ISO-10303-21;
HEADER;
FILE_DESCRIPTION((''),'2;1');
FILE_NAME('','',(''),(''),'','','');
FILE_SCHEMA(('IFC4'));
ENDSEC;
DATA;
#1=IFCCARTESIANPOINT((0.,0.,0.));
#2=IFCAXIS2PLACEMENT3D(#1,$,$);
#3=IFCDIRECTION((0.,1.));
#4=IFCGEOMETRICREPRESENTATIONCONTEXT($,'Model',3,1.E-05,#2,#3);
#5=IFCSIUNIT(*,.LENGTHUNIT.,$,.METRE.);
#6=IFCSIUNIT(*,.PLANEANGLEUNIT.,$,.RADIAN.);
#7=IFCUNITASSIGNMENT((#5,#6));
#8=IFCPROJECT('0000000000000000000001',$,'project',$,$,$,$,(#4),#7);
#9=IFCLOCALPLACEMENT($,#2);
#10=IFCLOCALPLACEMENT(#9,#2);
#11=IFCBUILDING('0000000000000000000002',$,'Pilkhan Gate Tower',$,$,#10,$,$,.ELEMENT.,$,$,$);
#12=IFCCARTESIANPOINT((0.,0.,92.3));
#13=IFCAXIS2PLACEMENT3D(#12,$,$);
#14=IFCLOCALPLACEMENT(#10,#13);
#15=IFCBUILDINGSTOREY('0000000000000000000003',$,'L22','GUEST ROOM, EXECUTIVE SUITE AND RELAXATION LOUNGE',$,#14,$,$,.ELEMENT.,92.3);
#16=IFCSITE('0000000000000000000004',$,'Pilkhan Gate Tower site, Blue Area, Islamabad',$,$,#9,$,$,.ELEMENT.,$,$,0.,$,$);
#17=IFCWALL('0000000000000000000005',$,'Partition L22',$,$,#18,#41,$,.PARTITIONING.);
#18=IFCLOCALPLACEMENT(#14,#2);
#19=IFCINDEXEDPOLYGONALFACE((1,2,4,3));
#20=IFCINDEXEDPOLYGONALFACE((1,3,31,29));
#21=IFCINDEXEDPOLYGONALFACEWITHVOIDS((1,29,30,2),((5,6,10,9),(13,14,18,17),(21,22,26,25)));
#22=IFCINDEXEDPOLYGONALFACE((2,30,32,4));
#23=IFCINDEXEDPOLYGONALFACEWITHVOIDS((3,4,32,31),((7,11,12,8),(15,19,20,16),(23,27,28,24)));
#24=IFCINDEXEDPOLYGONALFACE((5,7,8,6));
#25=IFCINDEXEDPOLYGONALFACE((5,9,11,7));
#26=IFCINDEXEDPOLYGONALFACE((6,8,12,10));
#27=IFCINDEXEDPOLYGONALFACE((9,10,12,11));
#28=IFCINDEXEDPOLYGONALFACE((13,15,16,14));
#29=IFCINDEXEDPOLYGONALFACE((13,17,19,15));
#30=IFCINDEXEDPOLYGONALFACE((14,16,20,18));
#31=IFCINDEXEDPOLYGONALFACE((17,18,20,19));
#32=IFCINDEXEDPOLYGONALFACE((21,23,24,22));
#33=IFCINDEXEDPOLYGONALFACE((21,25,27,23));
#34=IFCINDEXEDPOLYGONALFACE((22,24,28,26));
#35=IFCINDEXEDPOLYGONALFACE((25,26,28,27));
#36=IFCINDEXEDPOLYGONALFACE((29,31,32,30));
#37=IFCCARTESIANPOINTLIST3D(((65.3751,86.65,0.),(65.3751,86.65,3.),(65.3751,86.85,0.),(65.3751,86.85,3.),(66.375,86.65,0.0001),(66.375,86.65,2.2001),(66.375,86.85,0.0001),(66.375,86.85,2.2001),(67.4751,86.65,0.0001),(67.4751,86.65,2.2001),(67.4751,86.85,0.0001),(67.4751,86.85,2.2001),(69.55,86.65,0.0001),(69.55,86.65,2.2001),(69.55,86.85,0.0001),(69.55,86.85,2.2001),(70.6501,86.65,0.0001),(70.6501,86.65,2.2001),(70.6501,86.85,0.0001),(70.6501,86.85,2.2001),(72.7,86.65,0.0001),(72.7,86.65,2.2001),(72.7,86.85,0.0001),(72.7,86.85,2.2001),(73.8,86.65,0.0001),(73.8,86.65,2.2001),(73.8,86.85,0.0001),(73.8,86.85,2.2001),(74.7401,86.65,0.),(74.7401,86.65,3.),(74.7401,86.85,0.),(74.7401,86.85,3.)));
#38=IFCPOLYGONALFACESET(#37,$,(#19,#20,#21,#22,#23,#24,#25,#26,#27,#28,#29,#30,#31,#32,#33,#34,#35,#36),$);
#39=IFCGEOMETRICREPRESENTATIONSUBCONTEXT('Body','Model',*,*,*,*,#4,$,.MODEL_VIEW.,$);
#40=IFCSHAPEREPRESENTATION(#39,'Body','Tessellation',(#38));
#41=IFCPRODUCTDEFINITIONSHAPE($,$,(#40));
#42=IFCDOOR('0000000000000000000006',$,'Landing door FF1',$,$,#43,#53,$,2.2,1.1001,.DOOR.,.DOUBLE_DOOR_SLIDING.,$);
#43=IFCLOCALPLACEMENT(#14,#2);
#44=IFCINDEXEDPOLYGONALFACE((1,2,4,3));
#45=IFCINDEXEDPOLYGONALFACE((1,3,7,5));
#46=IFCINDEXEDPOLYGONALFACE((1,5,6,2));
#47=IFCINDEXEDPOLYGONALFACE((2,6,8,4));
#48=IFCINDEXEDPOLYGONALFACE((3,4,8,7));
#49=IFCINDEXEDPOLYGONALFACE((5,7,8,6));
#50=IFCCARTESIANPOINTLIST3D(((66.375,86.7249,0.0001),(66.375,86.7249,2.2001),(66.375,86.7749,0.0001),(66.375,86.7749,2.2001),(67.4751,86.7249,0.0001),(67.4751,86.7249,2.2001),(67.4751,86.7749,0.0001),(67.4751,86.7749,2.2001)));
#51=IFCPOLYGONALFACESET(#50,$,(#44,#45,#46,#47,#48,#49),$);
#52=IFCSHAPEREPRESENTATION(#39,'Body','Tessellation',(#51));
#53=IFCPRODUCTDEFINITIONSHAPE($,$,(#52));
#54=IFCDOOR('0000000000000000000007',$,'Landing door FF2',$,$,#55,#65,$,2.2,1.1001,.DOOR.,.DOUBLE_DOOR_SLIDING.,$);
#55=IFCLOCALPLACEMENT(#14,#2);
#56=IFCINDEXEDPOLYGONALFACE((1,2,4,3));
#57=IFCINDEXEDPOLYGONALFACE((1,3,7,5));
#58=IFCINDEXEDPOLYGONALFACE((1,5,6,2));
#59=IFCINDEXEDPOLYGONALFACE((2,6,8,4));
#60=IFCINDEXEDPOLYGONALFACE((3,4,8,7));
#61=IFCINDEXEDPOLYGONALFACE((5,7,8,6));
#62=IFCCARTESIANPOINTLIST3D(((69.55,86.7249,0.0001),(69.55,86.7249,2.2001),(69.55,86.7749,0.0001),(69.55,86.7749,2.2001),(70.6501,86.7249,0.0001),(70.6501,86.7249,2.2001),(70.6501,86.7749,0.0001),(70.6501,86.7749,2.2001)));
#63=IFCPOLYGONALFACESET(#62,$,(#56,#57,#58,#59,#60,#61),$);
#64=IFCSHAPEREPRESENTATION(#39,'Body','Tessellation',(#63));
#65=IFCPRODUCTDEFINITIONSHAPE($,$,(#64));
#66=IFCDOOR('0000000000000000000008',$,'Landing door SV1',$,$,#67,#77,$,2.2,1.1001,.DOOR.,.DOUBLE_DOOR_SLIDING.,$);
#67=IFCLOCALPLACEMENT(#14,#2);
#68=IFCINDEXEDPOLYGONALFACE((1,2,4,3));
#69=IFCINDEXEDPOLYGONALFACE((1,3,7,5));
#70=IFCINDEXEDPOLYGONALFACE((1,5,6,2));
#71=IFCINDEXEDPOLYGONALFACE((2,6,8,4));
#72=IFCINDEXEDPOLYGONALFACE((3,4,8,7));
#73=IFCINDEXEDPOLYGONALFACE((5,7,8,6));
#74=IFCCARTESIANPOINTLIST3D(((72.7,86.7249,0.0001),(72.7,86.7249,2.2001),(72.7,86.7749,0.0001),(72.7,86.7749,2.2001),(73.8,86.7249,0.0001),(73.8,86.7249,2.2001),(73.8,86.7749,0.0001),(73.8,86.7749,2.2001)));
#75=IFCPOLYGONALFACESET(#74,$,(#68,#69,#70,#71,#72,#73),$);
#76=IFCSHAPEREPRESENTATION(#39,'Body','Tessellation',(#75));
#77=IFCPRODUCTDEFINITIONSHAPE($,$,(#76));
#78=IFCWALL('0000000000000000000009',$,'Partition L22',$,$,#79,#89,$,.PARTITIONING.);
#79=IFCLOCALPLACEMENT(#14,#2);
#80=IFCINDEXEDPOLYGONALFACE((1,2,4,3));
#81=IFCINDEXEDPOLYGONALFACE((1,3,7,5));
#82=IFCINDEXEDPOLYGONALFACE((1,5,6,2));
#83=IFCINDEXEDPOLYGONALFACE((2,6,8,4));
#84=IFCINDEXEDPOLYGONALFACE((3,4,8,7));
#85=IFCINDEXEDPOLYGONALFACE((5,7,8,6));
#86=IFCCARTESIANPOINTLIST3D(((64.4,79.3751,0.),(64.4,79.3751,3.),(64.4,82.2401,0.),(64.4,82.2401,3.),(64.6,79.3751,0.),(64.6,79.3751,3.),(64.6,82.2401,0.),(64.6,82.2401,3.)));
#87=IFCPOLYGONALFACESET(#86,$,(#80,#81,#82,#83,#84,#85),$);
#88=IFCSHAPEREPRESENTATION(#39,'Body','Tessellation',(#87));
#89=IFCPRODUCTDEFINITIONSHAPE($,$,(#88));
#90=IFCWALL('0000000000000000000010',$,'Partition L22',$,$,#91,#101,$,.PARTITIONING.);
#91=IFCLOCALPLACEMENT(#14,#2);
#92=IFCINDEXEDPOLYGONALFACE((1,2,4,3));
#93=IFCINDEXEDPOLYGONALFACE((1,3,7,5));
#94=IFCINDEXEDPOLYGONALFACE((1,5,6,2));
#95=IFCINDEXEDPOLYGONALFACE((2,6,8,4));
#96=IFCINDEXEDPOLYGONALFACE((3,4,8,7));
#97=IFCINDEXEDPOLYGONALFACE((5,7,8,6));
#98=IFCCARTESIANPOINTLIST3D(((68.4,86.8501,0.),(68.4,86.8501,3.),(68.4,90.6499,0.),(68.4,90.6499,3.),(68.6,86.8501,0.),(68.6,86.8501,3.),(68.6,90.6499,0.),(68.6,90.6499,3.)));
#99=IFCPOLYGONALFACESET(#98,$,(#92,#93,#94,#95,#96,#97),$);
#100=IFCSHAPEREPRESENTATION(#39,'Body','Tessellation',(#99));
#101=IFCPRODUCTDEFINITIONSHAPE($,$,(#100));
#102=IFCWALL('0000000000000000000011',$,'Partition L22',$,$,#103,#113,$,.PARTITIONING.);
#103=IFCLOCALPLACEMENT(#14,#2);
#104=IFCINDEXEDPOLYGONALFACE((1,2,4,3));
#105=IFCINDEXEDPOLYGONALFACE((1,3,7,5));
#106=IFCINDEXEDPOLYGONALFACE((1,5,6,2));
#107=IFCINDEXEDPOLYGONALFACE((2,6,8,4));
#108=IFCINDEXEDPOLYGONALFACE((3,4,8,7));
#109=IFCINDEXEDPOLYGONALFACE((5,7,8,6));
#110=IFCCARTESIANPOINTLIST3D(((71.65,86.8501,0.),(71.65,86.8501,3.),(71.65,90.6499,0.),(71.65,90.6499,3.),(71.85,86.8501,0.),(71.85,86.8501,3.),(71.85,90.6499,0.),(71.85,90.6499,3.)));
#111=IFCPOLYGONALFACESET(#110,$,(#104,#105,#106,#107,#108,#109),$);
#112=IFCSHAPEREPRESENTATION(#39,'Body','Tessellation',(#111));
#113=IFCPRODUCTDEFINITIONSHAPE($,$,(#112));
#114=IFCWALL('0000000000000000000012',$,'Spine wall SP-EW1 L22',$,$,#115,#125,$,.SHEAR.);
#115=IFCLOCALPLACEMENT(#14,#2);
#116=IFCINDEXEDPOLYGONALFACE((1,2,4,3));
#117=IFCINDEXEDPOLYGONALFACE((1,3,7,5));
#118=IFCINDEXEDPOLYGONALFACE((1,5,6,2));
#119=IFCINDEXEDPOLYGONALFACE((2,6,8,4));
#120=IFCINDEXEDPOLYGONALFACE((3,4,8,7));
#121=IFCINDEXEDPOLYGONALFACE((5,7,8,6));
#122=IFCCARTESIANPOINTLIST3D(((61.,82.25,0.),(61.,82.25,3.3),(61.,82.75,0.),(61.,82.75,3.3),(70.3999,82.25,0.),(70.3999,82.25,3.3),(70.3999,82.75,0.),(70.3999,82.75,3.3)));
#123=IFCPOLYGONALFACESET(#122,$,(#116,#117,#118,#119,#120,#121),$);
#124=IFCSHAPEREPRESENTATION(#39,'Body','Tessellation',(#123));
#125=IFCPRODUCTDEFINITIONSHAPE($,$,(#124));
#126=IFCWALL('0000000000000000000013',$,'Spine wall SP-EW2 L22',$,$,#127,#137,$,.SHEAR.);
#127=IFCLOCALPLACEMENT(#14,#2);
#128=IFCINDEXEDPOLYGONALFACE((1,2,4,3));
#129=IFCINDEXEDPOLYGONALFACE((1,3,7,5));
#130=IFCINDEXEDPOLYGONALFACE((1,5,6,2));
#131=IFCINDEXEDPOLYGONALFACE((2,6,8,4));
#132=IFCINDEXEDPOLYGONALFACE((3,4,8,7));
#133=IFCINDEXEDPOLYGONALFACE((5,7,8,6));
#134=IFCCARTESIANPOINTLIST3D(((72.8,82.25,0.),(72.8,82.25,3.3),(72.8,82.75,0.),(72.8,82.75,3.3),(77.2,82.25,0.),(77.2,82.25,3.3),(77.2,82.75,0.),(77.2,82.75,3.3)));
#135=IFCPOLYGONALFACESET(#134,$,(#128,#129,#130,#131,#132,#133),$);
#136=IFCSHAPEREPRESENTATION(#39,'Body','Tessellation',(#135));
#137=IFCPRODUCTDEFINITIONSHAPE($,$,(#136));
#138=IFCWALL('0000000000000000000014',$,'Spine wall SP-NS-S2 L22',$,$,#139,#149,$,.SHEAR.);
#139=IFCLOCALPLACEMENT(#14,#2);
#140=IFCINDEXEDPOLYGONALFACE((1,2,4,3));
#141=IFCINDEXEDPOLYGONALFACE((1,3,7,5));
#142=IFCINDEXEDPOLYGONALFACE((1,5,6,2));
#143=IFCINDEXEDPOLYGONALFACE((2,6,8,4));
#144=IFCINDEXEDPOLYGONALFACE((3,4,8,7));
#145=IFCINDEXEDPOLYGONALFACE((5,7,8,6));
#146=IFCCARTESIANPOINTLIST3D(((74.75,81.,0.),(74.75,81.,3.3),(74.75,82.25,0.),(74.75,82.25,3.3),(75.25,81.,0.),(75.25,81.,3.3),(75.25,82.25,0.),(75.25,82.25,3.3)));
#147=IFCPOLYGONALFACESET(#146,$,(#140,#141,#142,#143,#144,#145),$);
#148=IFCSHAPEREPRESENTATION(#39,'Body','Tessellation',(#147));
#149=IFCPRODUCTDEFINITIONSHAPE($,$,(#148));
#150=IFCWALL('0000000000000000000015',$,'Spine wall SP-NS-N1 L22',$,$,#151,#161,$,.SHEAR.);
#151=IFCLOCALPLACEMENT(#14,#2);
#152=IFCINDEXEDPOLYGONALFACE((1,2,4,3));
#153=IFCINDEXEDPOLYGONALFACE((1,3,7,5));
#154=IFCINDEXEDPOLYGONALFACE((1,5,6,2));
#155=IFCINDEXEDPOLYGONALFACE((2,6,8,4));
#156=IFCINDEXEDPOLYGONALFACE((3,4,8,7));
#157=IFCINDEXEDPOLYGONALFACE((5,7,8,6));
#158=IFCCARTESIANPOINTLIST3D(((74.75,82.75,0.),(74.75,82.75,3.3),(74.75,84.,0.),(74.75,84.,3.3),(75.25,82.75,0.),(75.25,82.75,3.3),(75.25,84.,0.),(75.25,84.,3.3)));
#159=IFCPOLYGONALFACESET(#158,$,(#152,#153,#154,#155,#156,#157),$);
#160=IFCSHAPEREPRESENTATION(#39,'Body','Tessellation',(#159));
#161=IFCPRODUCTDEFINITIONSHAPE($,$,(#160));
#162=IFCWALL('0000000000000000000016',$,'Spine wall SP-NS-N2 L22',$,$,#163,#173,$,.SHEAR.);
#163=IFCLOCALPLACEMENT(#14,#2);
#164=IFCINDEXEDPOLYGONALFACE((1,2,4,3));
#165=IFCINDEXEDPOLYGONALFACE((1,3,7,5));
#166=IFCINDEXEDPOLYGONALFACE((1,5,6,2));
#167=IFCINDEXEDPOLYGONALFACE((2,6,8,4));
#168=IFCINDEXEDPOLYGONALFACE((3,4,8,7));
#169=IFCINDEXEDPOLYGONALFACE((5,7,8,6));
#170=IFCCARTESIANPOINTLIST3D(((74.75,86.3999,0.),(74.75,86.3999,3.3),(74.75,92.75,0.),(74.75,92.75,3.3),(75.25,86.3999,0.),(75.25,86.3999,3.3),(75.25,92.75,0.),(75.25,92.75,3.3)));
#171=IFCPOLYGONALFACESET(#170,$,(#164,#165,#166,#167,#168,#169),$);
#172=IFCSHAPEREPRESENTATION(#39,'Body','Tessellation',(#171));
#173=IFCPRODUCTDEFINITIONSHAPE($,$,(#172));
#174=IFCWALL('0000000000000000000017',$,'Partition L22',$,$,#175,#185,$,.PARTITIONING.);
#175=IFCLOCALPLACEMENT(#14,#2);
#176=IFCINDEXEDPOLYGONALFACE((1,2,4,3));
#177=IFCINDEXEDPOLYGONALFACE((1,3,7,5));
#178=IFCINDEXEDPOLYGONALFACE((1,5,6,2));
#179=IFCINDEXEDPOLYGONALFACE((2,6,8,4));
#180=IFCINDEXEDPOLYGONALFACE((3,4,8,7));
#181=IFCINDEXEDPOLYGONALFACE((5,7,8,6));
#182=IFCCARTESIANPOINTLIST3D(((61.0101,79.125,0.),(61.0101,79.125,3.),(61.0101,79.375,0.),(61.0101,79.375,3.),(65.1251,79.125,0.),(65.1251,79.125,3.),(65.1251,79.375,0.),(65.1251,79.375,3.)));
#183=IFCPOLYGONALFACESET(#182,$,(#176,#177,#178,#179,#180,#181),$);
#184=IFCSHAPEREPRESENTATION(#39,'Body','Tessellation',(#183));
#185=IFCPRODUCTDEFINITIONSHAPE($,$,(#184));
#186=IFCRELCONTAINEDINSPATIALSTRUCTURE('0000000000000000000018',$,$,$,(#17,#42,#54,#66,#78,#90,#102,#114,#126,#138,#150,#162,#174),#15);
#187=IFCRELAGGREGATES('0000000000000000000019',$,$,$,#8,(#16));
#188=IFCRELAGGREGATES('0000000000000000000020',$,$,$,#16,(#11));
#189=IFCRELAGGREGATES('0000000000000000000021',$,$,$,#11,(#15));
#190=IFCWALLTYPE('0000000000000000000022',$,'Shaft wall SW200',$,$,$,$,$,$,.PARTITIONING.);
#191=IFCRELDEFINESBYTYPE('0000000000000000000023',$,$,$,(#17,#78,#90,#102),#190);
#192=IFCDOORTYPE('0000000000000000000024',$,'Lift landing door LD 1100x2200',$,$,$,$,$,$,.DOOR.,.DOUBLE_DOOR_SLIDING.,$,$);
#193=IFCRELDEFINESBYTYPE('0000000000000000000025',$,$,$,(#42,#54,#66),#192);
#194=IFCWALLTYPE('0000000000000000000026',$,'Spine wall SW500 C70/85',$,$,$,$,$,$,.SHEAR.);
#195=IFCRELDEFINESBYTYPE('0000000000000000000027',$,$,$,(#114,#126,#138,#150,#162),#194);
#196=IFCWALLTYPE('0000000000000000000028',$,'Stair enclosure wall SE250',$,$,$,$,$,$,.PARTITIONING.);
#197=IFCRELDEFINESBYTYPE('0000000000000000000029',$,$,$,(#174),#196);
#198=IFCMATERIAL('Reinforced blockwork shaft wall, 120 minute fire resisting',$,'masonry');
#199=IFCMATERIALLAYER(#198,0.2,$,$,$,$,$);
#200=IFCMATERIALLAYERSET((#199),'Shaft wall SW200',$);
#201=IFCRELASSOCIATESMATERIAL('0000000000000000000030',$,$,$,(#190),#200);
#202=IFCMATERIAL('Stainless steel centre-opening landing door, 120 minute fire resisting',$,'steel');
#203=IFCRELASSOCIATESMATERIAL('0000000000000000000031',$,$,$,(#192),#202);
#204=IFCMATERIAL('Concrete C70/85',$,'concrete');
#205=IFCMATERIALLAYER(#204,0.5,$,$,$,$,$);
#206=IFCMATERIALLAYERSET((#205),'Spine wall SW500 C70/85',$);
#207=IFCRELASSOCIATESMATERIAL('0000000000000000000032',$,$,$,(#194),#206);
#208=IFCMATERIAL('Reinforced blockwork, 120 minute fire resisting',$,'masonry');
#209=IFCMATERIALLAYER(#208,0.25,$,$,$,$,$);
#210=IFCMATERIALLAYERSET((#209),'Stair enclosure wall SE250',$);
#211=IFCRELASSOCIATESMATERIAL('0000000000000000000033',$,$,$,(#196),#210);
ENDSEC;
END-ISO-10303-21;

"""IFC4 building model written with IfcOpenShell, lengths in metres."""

from ifc_helpers import new_model, si_unit, direction, frame, frame_2d, origin, place, context, subcontext, project, spatial, rectangle, extrude, material, layer, layer_set, type_object, element, fill, save


model = new_model("IFC4")

# Units and contexts
model_context = context("Model", 3, precision=1e-05, world=origin(), true_north=direction((0.0, 1.0)))
body_context = subcontext(model_context, "Body", "Model", "MODEL_VIEW")
ifc_project = project(units=[si_unit("LENGTHUNIT", "METRE"), si_unit("PLANEANGLEUNIT", "RADIAN")], contexts=[model_context])

# Site, building, storey
site_placement = place(None, origin())
site = spatial("IfcSite", under=ifc_project, at=site_placement, Name="Pilkhan Gate Tower site, Blue Area, Islamabad", CompositionType="ELEMENT", RefElevation=0.0)
building_placement = place(site_placement, origin())
building = spatial("IfcBuilding", under=site, at=building_placement, Name="Pilkhan Gate Tower", CompositionType="ELEMENT")
storey_placement = place(building_placement, frame((0.0, 0.0, 92.3)))
storey = spatial("IfcBuildingStorey", under=building, at=storey_placement, Name="L22", Description="GUEST ROOM, EXECUTIVE SUITE AND RELAXATION LOUNGE", CompositionType="ELEMENT", Elevation=92.3)

# Shared definitions
ifc_material_1 = material(Name="Concrete C70/85", Category="concrete")

# Wall, openings, doors
ifc_material_2 = material(Name="Reinforced blockwork shaft wall, 120 minute fire resisting", Category="masonry")
ifc_layer_1 = layer(ifc_material_2, 0.2)
ifc_layer_set_1 = layer_set([ifc_layer_1], Name="Shaft wall SW200")
wall_type_1 = type_object("IfcWallType", Name="Shaft wall SW200", PredefinedType="PARTITIONING", material=ifc_layer_set_1)
ifc_material_3 = material(Name="Stainless steel centre-opening landing door, 120 minute fire resisting", Category="steel")
door_type_1 = type_object("IfcDoorType", Name="Lift landing door LD 1100x2200", OperationType="DOUBLE_DOOR_SLIDING", PredefinedType="DOOR", material=ifc_material_3)
wall_1_placement = place(storey_placement, frame((65.375, 86.75, 0.0), z_axis=(0.0, 0.0, 1.0), x_axis=(1.0, 0.0, 0.0)))
wall_1 = element("IfcWall", 1, at=wall_1_placement, inside=storey, type_object=wall_type_1, Name="Partition L22", PredefinedType="PARTITIONING", context=body_context, shape_type="SweptSolid", body=[
    extrude(rectangle(XDim=9.365, YDim=0.2, at=frame_2d((4.6826, 0.0))), origin(), (0.0, 0.0, 1.0), 3.0),
])
opening_1_placement = place(wall_1_placement, frame((1.0, 0.0, 0.0)))
opening_1 = element("IfcOpeningElement", 2, at=opening_1_placement, cuts=wall_1, PredefinedType="OPENING", context=body_context, shape_type="SweptSolid", body=[
    extrude(rectangle(XDim=1.1001, YDim=2.2, at=frame_2d((0.55, 1.1001))), frame((0.0, 0.1099, 0.0), z_axis=(0.0, -1.0, 0.0), x_axis=(1.0, 0.0, 0.0)), (0.0, 0.0, 1.0), 0.22),
])
opening_2_placement = place(wall_1_placement, frame((4.175, 0.0, 0.0)))
opening_2 = element("IfcOpeningElement", 3, at=opening_2_placement, cuts=wall_1, PredefinedType="OPENING", context=body_context, shape_type="SweptSolid", body=[
    extrude(rectangle(XDim=1.1001, YDim=2.2, at=frame_2d((0.55, 1.1001))), frame((0.0, 0.1099, 0.0), z_axis=(0.0, -1.0, 0.0), x_axis=(1.0, 0.0, 0.0)), (0.0, 0.0, 1.0), 0.22),
])
opening_3_placement = place(wall_1_placement, frame((7.325, 0.0, 0.0)))
opening_3 = element("IfcOpeningElement", 4, at=opening_3_placement, cuts=wall_1, PredefinedType="OPENING", context=body_context, shape_type="SweptSolid", body=[
    extrude(rectangle(XDim=1.1001, YDim=2.2, at=frame_2d((0.55, 1.1001))), frame((0.0, 0.1099, 0.0), z_axis=(0.0, -1.0, 0.0), x_axis=(1.0, 0.0, 0.0)), (0.0, 0.0, 1.0), 0.22),
])
door_1_placement = place(opening_1_placement, origin())
door_1 = element("IfcDoor", 5, at=door_1_placement, inside=storey, type_object=door_type_1, Name="Landing door FF1", OperationType="DOUBLE_DOOR_SLIDING", OverallHeight=2.2, OverallWidth=1.1001, PredefinedType="DOOR", context=body_context, shape_type="SweptSolid", body=[
    extrude(rectangle(XDim=1.1001, YDim=2.2, at=frame_2d((0.55, 1.1001))), frame((0.0, 0.0249, 0.0), z_axis=(0.0, -1.0, 0.0), x_axis=(1.0, 0.0, 0.0)), (0.0, 0.0, 1.0), 0.05),
])
fill(opening_1, door_1)
door_2_placement = place(opening_2_placement, origin())
door_2 = element("IfcDoor", 6, at=door_2_placement, inside=storey, type_object=door_type_1, Name="Landing door FF2", OperationType="DOUBLE_DOOR_SLIDING", OverallHeight=2.2, OverallWidth=1.1001, PredefinedType="DOOR", context=body_context, shape_type="SweptSolid", body=[
    extrude(rectangle(XDim=1.1001, YDim=2.2, at=frame_2d((0.55, 1.1001))), frame((0.0, 0.0249, 0.0), z_axis=(0.0, -1.0, 0.0), x_axis=(1.0, 0.0, 0.0)), (0.0, 0.0, 1.0), 0.05),
])
fill(opening_2, door_2)
door_3_placement = place(opening_3_placement, origin())
door_3 = element("IfcDoor", 7, at=door_3_placement, inside=storey, type_object=door_type_1, Name="Landing door SV1", OperationType="DOUBLE_DOOR_SLIDING", OverallHeight=2.2, OverallWidth=1.1001, PredefinedType="DOOR", context=body_context, shape_type="SweptSolid", body=[
    extrude(rectangle(XDim=1.1001, YDim=2.2, at=frame_2d((0.55, 1.1001))), frame((0.0, 0.0249, 0.0), z_axis=(0.0, -1.0, 0.0), x_axis=(1.0, 0.0, 0.0)), (0.0, 0.0, 1.0), 0.05),
])
fill(opening_3, door_3)

# Walls
wall_2_placement = place(storey_placement, frame((64.5, 79.375, 0.0), z_axis=(0.0, 0.0, 1.0), x_axis=(0.0, 1.0, 0.0)))
element("IfcWall", 8, at=wall_2_placement, inside=storey, type_object=wall_type_1, Name="Partition L22", PredefinedType="PARTITIONING", context=body_context, shape_type="SweptSolid", body=[
    extrude(rectangle(XDim=2.865, YDim=0.2, at=frame_2d((1.4326, 0.0))), origin(), (0.0, 0.0, 1.0), 3.0),
])
for number, where, z_axis, x_axis, name in (
    (9, (68.5, 86.8501, 0.0), (0.0, 0.0, 1.0), (0.0, 1.0, 0.0), "Partition L22"),
    (10, (71.75, 86.8501, 0.0), (0.0, 0.0, 1.0), (0.0, 1.0, 0.0), "Partition L22"),
):
    element("IfcWall", number, at=place(storey_placement, frame(where, z_axis=z_axis, x_axis=x_axis)), inside=storey, type_object=wall_type_1, Name=name, PredefinedType="PARTITIONING", context=body_context, shape_type="SweptSolid", body=[
        extrude(rectangle(XDim=3.7998, YDim=0.2, at=frame_2d((1.8999, 0.0))), origin(), (0.0, 0.0, 1.0), 3.0),
    ])
ifc_layer_2 = layer(ifc_material_1, 0.5)
ifc_layer_set_2 = layer_set([ifc_layer_2], Name="Spine wall SW500 C70/85")
wall_type_2 = type_object("IfcWallType", Name="Spine wall SW500 C70/85", PredefinedType="SHEAR", material=ifc_layer_set_2)
wall_3_placement = place(storey_placement, frame((61.0, 82.5, 0.0), z_axis=(0.0, 0.0, 1.0), x_axis=(1.0, 0.0, 0.0)))
element("IfcWall", 11, at=wall_3_placement, inside=storey, type_object=wall_type_2, Name="Spine wall SP-EW1 L22", PredefinedType="SHEAR", context=body_context, shape_type="SweptSolid", body=[
    extrude(rectangle(XDim=9.3999, YDim=0.5, at=frame_2d((4.7, 0.0))), origin(), (0.0, 0.0, 1.0), 3.3),
])
wall_4_placement = place(storey_placement, frame((72.8, 82.5, 0.0), z_axis=(0.0, 0.0, 1.0), x_axis=(1.0, 0.0, 0.0)))
element("IfcWall", 12, at=wall_4_placement, inside=storey, type_object=wall_type_2, Name="Spine wall SP-EW2 L22", PredefinedType="SHEAR", context=body_context, shape_type="SweptSolid", body=[
    extrude(rectangle(XDim=4.3999, YDim=0.5, at=frame_2d((2.2, 0.0))), origin(), (0.0, 0.0, 1.0), 3.3),
])
for number, where, z_axis, x_axis, name in (
    (13, (75.0, 81.0, 0.0), (0.0, 0.0, 1.0), (0.0, 1.0, 0.0), "Spine wall SP-NS-S2 L22"),
    (14, (75.0, 82.75, 0.0), (0.0, 0.0, 1.0), (0.0, 1.0, 0.0), "Spine wall SP-NS-N1 L22"),
):
    element("IfcWall", number, at=place(storey_placement, frame(where, z_axis=z_axis, x_axis=x_axis)), inside=storey, type_object=wall_type_2, Name=name, PredefinedType="SHEAR", context=body_context, shape_type="SweptSolid", body=[
        extrude(rectangle(XDim=1.25, YDim=0.5, at=frame_2d((0.625, 0.0))), origin(), (0.0, 0.0, 1.0), 3.3),
    ])
wall_5_placement = place(storey_placement, frame((75.0, 86.3999, 0.0), z_axis=(0.0, 0.0, 1.0), x_axis=(0.0, 1.0, 0.0)))
element("IfcWall", 15, at=wall_5_placement, inside=storey, type_object=wall_type_2, Name="Spine wall SP-NS-N2 L22", PredefinedType="SHEAR", context=body_context, shape_type="SweptSolid", body=[
    extrude(rectangle(XDim=6.3501, YDim=0.5, at=frame_2d((3.175, 0.0))), origin(), (0.0, 0.0, 1.0), 3.3),
])
ifc_material_4 = material(Name="Reinforced blockwork, 120 minute fire resisting", Category="masonry")
ifc_layer_3 = layer(ifc_material_4, 0.25)
ifc_layer_set_3 = layer_set([ifc_layer_3], Name="Stair enclosure wall SE250")
wall_type_3 = type_object("IfcWallType", Name="Stair enclosure wall SE250", PredefinedType="PARTITIONING", material=ifc_layer_set_3)
wall_6_placement = place(storey_placement, frame((61.01, 79.25, 0.0), z_axis=(0.0, 0.0, 1.0), x_axis=(1.0, 0.0, 0.0)))
element("IfcWall", 16, at=wall_6_placement, inside=storey, type_object=wall_type_3, Name="Partition L22", PredefinedType="PARTITIONING", context=body_context, shape_type="SweptSolid", body=[
    extrude(rectangle(XDim=4.115, YDim=0.25, at=frame_2d((2.0576, 0.0))), origin(), (0.0, 0.0, 1.0), 3.0),
])

save(model, "model.ifc")
